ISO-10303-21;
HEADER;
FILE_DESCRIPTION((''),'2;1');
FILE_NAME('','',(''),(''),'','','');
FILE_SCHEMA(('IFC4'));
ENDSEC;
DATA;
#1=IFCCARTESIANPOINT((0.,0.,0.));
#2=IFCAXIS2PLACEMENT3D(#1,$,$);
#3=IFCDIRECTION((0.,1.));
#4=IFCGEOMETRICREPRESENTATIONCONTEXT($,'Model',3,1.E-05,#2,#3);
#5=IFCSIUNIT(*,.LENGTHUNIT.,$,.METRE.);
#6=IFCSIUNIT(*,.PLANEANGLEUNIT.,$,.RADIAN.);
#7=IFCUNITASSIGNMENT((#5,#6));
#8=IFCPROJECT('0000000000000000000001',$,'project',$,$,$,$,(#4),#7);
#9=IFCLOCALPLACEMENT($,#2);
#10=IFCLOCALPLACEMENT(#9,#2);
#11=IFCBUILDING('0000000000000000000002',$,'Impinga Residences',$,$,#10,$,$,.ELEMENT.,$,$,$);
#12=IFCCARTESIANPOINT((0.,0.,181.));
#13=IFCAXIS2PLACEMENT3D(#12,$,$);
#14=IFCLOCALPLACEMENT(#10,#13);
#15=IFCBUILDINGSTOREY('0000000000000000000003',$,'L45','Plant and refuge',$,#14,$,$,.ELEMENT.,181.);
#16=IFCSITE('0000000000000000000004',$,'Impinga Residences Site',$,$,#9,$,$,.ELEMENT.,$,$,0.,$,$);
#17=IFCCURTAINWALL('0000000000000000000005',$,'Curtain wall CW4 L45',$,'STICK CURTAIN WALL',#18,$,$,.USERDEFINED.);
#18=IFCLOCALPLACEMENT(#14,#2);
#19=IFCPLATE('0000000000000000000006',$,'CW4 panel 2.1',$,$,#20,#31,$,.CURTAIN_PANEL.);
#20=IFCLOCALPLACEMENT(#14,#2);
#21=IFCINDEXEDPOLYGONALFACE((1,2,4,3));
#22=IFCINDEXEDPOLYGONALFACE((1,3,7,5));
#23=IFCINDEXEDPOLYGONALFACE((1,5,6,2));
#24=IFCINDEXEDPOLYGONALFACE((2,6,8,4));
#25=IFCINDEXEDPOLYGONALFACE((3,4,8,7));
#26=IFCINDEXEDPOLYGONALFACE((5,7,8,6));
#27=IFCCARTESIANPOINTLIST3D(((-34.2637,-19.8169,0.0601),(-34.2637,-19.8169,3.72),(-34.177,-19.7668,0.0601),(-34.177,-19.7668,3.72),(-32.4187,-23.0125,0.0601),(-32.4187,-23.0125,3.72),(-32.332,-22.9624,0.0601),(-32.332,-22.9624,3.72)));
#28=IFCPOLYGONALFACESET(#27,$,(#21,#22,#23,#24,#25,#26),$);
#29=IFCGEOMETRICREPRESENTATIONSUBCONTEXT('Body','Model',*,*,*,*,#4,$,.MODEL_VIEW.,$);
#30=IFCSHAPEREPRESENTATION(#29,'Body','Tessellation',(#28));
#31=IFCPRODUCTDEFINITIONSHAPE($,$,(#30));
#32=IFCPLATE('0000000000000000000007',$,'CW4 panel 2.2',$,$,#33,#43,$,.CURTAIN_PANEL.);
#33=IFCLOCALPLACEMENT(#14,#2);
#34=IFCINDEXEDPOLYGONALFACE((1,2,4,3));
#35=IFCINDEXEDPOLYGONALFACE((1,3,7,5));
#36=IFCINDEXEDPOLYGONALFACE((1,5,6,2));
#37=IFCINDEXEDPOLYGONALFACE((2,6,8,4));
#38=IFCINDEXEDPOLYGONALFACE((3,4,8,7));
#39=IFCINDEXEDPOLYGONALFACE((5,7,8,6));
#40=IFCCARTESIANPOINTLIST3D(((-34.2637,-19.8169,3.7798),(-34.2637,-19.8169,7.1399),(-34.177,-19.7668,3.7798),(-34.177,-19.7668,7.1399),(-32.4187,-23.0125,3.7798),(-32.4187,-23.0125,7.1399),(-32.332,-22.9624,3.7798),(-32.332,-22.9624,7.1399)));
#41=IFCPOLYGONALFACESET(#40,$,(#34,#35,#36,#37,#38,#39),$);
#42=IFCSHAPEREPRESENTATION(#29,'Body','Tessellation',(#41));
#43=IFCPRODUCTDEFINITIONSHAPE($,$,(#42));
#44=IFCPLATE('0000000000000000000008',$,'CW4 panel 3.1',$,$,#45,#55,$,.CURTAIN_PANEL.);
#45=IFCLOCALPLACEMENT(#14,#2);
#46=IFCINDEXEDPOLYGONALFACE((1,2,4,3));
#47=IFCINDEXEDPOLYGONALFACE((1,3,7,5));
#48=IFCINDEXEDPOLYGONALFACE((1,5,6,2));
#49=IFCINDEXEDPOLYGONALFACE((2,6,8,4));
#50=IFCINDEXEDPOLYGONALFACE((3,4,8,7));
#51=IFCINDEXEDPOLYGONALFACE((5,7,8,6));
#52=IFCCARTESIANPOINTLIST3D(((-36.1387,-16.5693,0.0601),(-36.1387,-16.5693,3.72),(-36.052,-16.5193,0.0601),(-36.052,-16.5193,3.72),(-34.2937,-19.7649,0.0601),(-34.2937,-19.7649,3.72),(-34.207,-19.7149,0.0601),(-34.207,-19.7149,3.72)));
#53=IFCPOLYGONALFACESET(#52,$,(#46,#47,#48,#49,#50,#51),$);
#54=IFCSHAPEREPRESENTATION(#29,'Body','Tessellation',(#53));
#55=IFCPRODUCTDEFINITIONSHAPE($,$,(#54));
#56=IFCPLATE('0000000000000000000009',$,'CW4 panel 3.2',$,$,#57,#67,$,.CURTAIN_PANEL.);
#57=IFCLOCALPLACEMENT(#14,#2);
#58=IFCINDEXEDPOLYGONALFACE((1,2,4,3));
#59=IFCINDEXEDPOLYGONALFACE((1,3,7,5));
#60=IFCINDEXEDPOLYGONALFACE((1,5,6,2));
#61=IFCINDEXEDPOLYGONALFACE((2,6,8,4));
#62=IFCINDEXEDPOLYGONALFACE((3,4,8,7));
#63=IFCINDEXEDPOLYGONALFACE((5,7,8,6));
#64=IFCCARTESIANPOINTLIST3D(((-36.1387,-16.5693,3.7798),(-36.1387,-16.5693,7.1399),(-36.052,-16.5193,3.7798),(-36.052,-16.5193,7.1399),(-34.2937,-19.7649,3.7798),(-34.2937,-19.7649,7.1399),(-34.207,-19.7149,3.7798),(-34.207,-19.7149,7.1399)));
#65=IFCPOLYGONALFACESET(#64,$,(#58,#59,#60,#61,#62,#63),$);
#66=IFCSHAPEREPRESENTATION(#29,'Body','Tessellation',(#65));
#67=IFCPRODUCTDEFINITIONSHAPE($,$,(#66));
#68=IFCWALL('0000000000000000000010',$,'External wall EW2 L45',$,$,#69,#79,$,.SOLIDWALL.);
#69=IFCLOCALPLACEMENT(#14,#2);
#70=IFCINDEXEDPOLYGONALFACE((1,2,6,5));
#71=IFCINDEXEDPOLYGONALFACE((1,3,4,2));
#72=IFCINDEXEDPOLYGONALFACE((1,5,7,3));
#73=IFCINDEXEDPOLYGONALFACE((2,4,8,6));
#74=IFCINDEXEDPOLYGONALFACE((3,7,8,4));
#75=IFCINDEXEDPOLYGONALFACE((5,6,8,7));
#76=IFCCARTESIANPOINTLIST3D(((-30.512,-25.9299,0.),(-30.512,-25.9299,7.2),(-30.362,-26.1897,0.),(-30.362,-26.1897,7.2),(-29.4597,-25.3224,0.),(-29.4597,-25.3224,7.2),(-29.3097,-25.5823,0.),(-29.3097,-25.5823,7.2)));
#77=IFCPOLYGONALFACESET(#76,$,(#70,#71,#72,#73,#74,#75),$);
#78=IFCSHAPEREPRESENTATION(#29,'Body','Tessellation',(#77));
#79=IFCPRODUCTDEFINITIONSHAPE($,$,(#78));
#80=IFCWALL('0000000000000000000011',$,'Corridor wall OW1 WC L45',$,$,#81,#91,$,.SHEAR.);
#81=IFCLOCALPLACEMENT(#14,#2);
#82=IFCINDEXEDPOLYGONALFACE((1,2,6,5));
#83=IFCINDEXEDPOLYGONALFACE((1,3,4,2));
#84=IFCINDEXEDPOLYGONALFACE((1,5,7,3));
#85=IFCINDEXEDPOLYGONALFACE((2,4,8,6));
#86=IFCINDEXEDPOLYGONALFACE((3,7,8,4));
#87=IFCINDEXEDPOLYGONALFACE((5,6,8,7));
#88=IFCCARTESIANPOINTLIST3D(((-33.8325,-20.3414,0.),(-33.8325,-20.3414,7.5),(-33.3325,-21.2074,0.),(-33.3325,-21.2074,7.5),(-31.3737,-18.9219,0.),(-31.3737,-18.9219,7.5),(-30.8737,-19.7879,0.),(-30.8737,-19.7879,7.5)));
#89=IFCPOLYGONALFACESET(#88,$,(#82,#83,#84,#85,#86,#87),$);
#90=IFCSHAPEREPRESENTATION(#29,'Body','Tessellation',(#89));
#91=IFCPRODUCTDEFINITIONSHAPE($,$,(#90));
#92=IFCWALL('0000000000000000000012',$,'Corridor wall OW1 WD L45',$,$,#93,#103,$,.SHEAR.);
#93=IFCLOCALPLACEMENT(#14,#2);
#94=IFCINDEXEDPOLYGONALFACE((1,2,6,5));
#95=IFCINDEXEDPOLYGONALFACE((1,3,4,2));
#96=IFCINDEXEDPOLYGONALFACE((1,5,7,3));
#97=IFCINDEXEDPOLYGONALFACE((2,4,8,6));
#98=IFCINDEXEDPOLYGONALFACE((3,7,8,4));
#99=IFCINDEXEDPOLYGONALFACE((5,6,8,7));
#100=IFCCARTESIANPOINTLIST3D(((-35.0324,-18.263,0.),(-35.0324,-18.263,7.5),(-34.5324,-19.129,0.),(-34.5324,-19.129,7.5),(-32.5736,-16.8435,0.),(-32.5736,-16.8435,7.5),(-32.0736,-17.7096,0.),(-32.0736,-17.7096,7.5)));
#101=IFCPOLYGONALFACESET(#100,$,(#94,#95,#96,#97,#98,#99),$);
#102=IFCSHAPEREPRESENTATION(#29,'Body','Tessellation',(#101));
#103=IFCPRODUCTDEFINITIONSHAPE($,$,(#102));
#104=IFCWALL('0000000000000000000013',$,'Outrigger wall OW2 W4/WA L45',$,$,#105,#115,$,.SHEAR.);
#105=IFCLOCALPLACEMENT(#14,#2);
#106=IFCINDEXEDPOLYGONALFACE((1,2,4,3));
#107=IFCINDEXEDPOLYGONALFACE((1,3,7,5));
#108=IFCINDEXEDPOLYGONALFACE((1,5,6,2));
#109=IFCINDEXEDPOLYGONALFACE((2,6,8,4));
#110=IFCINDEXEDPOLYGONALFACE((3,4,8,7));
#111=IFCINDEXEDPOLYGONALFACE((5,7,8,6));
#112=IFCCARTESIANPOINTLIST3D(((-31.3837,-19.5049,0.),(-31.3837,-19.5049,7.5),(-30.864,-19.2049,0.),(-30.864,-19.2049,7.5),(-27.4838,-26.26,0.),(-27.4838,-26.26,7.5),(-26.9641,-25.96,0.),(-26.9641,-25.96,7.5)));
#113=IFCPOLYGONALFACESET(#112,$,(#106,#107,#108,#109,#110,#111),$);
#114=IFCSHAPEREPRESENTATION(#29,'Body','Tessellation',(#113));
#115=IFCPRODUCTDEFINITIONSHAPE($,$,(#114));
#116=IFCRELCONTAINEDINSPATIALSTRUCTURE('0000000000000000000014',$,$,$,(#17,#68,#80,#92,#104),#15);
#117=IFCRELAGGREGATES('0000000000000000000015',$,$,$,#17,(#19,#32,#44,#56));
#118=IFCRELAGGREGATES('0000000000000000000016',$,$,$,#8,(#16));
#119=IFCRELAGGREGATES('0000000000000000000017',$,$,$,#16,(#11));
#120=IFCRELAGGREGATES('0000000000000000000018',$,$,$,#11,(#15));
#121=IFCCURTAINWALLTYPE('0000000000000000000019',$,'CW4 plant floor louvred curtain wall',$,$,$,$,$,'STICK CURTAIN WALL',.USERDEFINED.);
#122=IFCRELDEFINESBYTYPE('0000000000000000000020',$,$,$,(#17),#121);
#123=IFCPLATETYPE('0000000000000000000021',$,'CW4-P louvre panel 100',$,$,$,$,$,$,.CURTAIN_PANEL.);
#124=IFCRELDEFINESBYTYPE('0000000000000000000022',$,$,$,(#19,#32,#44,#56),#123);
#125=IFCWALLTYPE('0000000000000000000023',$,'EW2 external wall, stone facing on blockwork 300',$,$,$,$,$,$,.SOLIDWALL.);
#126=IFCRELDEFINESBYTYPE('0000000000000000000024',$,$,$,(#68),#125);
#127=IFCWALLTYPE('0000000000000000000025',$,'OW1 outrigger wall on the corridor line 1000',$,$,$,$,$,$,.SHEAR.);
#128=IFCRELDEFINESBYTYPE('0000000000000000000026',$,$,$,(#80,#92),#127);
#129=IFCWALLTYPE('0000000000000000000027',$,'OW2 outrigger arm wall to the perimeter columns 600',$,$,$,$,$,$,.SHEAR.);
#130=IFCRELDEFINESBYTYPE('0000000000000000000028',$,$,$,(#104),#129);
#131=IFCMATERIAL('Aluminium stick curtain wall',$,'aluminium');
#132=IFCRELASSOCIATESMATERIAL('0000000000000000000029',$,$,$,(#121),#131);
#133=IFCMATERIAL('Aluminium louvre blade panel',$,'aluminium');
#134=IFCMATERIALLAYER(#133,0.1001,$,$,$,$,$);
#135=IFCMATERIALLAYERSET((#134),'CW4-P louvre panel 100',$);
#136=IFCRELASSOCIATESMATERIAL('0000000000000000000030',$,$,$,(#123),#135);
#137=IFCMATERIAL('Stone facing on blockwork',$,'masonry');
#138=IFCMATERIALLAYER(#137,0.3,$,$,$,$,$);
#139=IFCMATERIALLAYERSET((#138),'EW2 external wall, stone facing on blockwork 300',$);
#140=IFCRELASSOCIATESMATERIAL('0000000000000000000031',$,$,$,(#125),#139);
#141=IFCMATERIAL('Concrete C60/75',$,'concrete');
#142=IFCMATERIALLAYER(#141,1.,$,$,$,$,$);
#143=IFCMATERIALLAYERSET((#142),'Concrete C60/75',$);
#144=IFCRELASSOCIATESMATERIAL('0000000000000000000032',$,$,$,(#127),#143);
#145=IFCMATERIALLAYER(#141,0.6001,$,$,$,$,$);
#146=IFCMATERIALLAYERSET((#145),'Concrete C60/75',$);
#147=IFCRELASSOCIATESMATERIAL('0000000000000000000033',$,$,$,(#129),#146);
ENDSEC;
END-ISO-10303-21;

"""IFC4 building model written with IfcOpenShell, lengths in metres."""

from ifc_helpers import new_model, si_unit, direction, frame, frame_2d, origin, origin_2d, place, context, subcontext, project, spatial, rectangle, extrude, material, layer, layer_set, type_object, element, aggregate, save


model = new_model("IFC4")

# Units and contexts
model_context = context("Model", 3, precision=1e-05, world=origin(), true_north=direction((0.0, 1.0)))
body_context = subcontext(model_context, "Body", "Model", "MODEL_VIEW")
ifc_project = project(units=[si_unit("LENGTHUNIT", "METRE"), si_unit("PLANEANGLEUNIT", "RADIAN")], contexts=[model_context])

# Site, building, storey
site_placement = place(None, origin())
site = spatial("IfcSite", under=ifc_project, at=site_placement, Name="Impinga Residences Site", CompositionType="ELEMENT", RefElevation=0.0)
building_placement = place(site_placement, origin())
building = spatial("IfcBuilding", under=site, at=building_placement, Name="Impinga Residences", CompositionType="ELEMENT")
storey_placement = place(building_placement, frame((0.0, 0.0, 181.0)))
storey = spatial("IfcBuildingStorey", under=building, at=storey_placement, Name="L45", Description="Plant and refuge", CompositionType="ELEMENT", Elevation=181.0)

# Shared definitions
ifc_material_1 = material(Name="Aluminium stick curtain wall", Category="aluminium")
curtain_wall_type = type_object("IfcCurtainWallType", Name="CW4 plant floor louvred curtain wall", ElementType="STICK CURTAIN WALL", PredefinedType="USERDEFINED", material=ifc_material_1)

# Curtain wall
curtain_wall_1_placement = place(storey_placement, origin())
curtain_wall_1 = element("IfcCurtainWall", 1, at=curtain_wall_1_placement, inside=storey, type_object=curtain_wall_type, Name="Curtain wall CW4 L45", ObjectType="STICK CURTAIN WALL", PredefinedType="USERDEFINED")

# Shared definitions
ifc_material_2 = material(Name="Concrete C60/75", Category="concrete")

# Plates
ifc_material_3 = material(Name="Aluminium louvre blade panel", Category="aluminium")
ifc_layer_1 = layer(ifc_material_3, 0.1001)
ifc_layer_set_1 = layer_set([ifc_layer_1], Name="CW4-P louvre panel 100")
plate_type = type_object("IfcPlateType", Name="CW4-P louvre panel 100", PredefinedType="CURTAIN_PANEL", material=ifc_layer_set_1)
plate_1_placement = place(storey_placement, frame((-33.2979, -21.3896, 0.0601), z_axis=(0.0, 0.0, 1.0), x_axis=(-0.5, 0.866025, 0.0)))
plate_1 = element("IfcPlate", 2, at=plate_1_placement, type_object=plate_type, Name="CW4 panel 2.1", PredefinedType="CURTAIN_PANEL", context=body_context, shape_type="SweptSolid", body=[
    extrude(rectangle(XDim=3.6899, YDim=0.1001, at=origin_2d()), origin(), (0.0, 0.0, 1.0), 3.6599),
])
plate_2_placement = place(storey_placement, frame((-33.2979, -21.3896, 3.7798), z_axis=(0.0, 0.0, 1.0), x_axis=(-0.5, 0.866025, 0.0)))
plate_2 = element("IfcPlate", 3, at=plate_2_placement, type_object=plate_type, Name="CW4 panel 2.2", PredefinedType="CURTAIN_PANEL", context=body_context, shape_type="SweptSolid", body=[
    extrude(rectangle(XDim=3.6899, YDim=0.1001, at=origin_2d()), origin(), (0.0, 0.0, 1.0), 3.3601),
])
plate_3_placement = place(storey_placement, frame((-35.1729, -18.1421, 0.0601), z_axis=(0.0, 0.0, 1.0), x_axis=(-0.5, 0.866025, 0.0)))
plate_3 = element("IfcPlate", 4, at=plate_3_placement, type_object=plate_type, Name="CW4 panel 3.1", PredefinedType="CURTAIN_PANEL", context=body_context, shape_type="SweptSolid", body=[
    extrude(rectangle(XDim=3.6899, YDim=0.1001, at=origin_2d()), origin(), (0.0, 0.0, 1.0), 3.6599),
])
plate_4_placement = place(storey_placement, frame((-35.1729, -18.1421, 3.7798), z_axis=(0.0, 0.0, 1.0), x_axis=(-0.5, 0.866025, 0.0)))
plate_4 = element("IfcPlate", 5, at=plate_4_placement, type_object=plate_type, Name="CW4 panel 3.2", PredefinedType="CURTAIN_PANEL", context=body_context, shape_type="SweptSolid", body=[
    extrude(rectangle(XDim=3.6899, YDim=0.1001, at=origin_2d()), origin(), (0.0, 0.0, 1.0), 3.3601),
])
aggregate(curtain_wall_1, [plate_1, plate_2, plate_3, plate_4])

# Walls
ifc_material_4 = material(Name="Stone facing on blockwork", Category="masonry")
ifc_layer_2 = layer(ifc_material_4, 0.3)
ifc_layer_set_2 = layer_set([ifc_layer_2], Name="EW2 external wall, stone facing on blockwork 300")
wall_type_1 = type_object("IfcWallType", Name="EW2 external wall, stone facing on blockwork 300", PredefinedType="SOLIDWALL", material=ifc_layer_set_2)
wall_1_placement = place(storey_placement, frame((-29.3848, -25.4524, 0.0), z_axis=(0.0, 0.0, 1.0), x_axis=(-0.866058, -0.499943, 0.0)))
element("IfcWall", 6, at=wall_1_placement, inside=storey, type_object=wall_type_1, Name="External wall EW2 L45", PredefinedType="SOLIDWALL", context=body_context, shape_type="SweptSolid", body=[
    extrude(rectangle(XDim=1.2151, YDim=0.3, at=frame_2d((0.6074, 0.0))), origin(), (0.0, 0.0, 1.0), 7.2),
])
ifc_layer_3 = layer(ifc_material_2, 1.0)
ifc_layer_set_3 = layer_set([ifc_layer_3], Name="Concrete C60/75")
wall_type_2 = type_object("IfcWallType", Name="OW1 outrigger wall on the corridor line 1000", PredefinedType="SHEAR", material=ifc_layer_set_3)
for number, where, z_axis, x_axis, name in (
    (7, (-31.1238, -19.355, 0.0), (0.0, 0.0, 1.0), (-0.866044, -0.499968, 0.0), "Corridor wall OW1 WC L45"),
    (8, (-32.3237, -17.2766, 0.0), (0.0, 0.0, 1.0), (-0.866044, -0.499968, 0.0), "Corridor wall OW1 WD L45"),
):
    element("IfcWall", number, at=place(storey_placement, frame(where, z_axis=z_axis, x_axis=x_axis)), inside=storey, type_object=wall_type_2, Name=name, PredefinedType="SHEAR", context=body_context, shape_type="SweptSolid", body=[
        extrude(rectangle(XDim=2.8391, YDim=1.0, at=frame_2d((1.4194, 0.0))), origin(), (0.0, 0.0, 1.0), 7.5),
    ])
ifc_layer_4 = layer(ifc_material_2, 0.6001)
ifc_layer_set_4 = layer_set([ifc_layer_4], Name="Concrete C60/75")
wall_type_3 = type_object("IfcWallType", Name="OW2 outrigger arm wall to the perimeter columns 600", PredefinedType="SHEAR", material=ifc_layer_set_4)
wall_2_placement = place(storey_placement, frame((-31.1238, -19.355, 0.0), z_axis=(0.0, 0.0, 1.0), x_axis=(0.499983, -0.866035, 0.0)))
element("IfcWall", 9, at=wall_2_placement, inside=storey, type_object=wall_type_3, Name="Outrigger wall OW2 W4/WA L45", PredefinedType="SHEAR", context=body_context, shape_type="SweptSolid", body=[
    extrude(rectangle(XDim=7.8, YDim=0.6001, at=frame_2d((3.8999, 0.0))), origin(), (0.0, 0.0, 1.0), 7.5),
])

save(model, "model.ifc")
